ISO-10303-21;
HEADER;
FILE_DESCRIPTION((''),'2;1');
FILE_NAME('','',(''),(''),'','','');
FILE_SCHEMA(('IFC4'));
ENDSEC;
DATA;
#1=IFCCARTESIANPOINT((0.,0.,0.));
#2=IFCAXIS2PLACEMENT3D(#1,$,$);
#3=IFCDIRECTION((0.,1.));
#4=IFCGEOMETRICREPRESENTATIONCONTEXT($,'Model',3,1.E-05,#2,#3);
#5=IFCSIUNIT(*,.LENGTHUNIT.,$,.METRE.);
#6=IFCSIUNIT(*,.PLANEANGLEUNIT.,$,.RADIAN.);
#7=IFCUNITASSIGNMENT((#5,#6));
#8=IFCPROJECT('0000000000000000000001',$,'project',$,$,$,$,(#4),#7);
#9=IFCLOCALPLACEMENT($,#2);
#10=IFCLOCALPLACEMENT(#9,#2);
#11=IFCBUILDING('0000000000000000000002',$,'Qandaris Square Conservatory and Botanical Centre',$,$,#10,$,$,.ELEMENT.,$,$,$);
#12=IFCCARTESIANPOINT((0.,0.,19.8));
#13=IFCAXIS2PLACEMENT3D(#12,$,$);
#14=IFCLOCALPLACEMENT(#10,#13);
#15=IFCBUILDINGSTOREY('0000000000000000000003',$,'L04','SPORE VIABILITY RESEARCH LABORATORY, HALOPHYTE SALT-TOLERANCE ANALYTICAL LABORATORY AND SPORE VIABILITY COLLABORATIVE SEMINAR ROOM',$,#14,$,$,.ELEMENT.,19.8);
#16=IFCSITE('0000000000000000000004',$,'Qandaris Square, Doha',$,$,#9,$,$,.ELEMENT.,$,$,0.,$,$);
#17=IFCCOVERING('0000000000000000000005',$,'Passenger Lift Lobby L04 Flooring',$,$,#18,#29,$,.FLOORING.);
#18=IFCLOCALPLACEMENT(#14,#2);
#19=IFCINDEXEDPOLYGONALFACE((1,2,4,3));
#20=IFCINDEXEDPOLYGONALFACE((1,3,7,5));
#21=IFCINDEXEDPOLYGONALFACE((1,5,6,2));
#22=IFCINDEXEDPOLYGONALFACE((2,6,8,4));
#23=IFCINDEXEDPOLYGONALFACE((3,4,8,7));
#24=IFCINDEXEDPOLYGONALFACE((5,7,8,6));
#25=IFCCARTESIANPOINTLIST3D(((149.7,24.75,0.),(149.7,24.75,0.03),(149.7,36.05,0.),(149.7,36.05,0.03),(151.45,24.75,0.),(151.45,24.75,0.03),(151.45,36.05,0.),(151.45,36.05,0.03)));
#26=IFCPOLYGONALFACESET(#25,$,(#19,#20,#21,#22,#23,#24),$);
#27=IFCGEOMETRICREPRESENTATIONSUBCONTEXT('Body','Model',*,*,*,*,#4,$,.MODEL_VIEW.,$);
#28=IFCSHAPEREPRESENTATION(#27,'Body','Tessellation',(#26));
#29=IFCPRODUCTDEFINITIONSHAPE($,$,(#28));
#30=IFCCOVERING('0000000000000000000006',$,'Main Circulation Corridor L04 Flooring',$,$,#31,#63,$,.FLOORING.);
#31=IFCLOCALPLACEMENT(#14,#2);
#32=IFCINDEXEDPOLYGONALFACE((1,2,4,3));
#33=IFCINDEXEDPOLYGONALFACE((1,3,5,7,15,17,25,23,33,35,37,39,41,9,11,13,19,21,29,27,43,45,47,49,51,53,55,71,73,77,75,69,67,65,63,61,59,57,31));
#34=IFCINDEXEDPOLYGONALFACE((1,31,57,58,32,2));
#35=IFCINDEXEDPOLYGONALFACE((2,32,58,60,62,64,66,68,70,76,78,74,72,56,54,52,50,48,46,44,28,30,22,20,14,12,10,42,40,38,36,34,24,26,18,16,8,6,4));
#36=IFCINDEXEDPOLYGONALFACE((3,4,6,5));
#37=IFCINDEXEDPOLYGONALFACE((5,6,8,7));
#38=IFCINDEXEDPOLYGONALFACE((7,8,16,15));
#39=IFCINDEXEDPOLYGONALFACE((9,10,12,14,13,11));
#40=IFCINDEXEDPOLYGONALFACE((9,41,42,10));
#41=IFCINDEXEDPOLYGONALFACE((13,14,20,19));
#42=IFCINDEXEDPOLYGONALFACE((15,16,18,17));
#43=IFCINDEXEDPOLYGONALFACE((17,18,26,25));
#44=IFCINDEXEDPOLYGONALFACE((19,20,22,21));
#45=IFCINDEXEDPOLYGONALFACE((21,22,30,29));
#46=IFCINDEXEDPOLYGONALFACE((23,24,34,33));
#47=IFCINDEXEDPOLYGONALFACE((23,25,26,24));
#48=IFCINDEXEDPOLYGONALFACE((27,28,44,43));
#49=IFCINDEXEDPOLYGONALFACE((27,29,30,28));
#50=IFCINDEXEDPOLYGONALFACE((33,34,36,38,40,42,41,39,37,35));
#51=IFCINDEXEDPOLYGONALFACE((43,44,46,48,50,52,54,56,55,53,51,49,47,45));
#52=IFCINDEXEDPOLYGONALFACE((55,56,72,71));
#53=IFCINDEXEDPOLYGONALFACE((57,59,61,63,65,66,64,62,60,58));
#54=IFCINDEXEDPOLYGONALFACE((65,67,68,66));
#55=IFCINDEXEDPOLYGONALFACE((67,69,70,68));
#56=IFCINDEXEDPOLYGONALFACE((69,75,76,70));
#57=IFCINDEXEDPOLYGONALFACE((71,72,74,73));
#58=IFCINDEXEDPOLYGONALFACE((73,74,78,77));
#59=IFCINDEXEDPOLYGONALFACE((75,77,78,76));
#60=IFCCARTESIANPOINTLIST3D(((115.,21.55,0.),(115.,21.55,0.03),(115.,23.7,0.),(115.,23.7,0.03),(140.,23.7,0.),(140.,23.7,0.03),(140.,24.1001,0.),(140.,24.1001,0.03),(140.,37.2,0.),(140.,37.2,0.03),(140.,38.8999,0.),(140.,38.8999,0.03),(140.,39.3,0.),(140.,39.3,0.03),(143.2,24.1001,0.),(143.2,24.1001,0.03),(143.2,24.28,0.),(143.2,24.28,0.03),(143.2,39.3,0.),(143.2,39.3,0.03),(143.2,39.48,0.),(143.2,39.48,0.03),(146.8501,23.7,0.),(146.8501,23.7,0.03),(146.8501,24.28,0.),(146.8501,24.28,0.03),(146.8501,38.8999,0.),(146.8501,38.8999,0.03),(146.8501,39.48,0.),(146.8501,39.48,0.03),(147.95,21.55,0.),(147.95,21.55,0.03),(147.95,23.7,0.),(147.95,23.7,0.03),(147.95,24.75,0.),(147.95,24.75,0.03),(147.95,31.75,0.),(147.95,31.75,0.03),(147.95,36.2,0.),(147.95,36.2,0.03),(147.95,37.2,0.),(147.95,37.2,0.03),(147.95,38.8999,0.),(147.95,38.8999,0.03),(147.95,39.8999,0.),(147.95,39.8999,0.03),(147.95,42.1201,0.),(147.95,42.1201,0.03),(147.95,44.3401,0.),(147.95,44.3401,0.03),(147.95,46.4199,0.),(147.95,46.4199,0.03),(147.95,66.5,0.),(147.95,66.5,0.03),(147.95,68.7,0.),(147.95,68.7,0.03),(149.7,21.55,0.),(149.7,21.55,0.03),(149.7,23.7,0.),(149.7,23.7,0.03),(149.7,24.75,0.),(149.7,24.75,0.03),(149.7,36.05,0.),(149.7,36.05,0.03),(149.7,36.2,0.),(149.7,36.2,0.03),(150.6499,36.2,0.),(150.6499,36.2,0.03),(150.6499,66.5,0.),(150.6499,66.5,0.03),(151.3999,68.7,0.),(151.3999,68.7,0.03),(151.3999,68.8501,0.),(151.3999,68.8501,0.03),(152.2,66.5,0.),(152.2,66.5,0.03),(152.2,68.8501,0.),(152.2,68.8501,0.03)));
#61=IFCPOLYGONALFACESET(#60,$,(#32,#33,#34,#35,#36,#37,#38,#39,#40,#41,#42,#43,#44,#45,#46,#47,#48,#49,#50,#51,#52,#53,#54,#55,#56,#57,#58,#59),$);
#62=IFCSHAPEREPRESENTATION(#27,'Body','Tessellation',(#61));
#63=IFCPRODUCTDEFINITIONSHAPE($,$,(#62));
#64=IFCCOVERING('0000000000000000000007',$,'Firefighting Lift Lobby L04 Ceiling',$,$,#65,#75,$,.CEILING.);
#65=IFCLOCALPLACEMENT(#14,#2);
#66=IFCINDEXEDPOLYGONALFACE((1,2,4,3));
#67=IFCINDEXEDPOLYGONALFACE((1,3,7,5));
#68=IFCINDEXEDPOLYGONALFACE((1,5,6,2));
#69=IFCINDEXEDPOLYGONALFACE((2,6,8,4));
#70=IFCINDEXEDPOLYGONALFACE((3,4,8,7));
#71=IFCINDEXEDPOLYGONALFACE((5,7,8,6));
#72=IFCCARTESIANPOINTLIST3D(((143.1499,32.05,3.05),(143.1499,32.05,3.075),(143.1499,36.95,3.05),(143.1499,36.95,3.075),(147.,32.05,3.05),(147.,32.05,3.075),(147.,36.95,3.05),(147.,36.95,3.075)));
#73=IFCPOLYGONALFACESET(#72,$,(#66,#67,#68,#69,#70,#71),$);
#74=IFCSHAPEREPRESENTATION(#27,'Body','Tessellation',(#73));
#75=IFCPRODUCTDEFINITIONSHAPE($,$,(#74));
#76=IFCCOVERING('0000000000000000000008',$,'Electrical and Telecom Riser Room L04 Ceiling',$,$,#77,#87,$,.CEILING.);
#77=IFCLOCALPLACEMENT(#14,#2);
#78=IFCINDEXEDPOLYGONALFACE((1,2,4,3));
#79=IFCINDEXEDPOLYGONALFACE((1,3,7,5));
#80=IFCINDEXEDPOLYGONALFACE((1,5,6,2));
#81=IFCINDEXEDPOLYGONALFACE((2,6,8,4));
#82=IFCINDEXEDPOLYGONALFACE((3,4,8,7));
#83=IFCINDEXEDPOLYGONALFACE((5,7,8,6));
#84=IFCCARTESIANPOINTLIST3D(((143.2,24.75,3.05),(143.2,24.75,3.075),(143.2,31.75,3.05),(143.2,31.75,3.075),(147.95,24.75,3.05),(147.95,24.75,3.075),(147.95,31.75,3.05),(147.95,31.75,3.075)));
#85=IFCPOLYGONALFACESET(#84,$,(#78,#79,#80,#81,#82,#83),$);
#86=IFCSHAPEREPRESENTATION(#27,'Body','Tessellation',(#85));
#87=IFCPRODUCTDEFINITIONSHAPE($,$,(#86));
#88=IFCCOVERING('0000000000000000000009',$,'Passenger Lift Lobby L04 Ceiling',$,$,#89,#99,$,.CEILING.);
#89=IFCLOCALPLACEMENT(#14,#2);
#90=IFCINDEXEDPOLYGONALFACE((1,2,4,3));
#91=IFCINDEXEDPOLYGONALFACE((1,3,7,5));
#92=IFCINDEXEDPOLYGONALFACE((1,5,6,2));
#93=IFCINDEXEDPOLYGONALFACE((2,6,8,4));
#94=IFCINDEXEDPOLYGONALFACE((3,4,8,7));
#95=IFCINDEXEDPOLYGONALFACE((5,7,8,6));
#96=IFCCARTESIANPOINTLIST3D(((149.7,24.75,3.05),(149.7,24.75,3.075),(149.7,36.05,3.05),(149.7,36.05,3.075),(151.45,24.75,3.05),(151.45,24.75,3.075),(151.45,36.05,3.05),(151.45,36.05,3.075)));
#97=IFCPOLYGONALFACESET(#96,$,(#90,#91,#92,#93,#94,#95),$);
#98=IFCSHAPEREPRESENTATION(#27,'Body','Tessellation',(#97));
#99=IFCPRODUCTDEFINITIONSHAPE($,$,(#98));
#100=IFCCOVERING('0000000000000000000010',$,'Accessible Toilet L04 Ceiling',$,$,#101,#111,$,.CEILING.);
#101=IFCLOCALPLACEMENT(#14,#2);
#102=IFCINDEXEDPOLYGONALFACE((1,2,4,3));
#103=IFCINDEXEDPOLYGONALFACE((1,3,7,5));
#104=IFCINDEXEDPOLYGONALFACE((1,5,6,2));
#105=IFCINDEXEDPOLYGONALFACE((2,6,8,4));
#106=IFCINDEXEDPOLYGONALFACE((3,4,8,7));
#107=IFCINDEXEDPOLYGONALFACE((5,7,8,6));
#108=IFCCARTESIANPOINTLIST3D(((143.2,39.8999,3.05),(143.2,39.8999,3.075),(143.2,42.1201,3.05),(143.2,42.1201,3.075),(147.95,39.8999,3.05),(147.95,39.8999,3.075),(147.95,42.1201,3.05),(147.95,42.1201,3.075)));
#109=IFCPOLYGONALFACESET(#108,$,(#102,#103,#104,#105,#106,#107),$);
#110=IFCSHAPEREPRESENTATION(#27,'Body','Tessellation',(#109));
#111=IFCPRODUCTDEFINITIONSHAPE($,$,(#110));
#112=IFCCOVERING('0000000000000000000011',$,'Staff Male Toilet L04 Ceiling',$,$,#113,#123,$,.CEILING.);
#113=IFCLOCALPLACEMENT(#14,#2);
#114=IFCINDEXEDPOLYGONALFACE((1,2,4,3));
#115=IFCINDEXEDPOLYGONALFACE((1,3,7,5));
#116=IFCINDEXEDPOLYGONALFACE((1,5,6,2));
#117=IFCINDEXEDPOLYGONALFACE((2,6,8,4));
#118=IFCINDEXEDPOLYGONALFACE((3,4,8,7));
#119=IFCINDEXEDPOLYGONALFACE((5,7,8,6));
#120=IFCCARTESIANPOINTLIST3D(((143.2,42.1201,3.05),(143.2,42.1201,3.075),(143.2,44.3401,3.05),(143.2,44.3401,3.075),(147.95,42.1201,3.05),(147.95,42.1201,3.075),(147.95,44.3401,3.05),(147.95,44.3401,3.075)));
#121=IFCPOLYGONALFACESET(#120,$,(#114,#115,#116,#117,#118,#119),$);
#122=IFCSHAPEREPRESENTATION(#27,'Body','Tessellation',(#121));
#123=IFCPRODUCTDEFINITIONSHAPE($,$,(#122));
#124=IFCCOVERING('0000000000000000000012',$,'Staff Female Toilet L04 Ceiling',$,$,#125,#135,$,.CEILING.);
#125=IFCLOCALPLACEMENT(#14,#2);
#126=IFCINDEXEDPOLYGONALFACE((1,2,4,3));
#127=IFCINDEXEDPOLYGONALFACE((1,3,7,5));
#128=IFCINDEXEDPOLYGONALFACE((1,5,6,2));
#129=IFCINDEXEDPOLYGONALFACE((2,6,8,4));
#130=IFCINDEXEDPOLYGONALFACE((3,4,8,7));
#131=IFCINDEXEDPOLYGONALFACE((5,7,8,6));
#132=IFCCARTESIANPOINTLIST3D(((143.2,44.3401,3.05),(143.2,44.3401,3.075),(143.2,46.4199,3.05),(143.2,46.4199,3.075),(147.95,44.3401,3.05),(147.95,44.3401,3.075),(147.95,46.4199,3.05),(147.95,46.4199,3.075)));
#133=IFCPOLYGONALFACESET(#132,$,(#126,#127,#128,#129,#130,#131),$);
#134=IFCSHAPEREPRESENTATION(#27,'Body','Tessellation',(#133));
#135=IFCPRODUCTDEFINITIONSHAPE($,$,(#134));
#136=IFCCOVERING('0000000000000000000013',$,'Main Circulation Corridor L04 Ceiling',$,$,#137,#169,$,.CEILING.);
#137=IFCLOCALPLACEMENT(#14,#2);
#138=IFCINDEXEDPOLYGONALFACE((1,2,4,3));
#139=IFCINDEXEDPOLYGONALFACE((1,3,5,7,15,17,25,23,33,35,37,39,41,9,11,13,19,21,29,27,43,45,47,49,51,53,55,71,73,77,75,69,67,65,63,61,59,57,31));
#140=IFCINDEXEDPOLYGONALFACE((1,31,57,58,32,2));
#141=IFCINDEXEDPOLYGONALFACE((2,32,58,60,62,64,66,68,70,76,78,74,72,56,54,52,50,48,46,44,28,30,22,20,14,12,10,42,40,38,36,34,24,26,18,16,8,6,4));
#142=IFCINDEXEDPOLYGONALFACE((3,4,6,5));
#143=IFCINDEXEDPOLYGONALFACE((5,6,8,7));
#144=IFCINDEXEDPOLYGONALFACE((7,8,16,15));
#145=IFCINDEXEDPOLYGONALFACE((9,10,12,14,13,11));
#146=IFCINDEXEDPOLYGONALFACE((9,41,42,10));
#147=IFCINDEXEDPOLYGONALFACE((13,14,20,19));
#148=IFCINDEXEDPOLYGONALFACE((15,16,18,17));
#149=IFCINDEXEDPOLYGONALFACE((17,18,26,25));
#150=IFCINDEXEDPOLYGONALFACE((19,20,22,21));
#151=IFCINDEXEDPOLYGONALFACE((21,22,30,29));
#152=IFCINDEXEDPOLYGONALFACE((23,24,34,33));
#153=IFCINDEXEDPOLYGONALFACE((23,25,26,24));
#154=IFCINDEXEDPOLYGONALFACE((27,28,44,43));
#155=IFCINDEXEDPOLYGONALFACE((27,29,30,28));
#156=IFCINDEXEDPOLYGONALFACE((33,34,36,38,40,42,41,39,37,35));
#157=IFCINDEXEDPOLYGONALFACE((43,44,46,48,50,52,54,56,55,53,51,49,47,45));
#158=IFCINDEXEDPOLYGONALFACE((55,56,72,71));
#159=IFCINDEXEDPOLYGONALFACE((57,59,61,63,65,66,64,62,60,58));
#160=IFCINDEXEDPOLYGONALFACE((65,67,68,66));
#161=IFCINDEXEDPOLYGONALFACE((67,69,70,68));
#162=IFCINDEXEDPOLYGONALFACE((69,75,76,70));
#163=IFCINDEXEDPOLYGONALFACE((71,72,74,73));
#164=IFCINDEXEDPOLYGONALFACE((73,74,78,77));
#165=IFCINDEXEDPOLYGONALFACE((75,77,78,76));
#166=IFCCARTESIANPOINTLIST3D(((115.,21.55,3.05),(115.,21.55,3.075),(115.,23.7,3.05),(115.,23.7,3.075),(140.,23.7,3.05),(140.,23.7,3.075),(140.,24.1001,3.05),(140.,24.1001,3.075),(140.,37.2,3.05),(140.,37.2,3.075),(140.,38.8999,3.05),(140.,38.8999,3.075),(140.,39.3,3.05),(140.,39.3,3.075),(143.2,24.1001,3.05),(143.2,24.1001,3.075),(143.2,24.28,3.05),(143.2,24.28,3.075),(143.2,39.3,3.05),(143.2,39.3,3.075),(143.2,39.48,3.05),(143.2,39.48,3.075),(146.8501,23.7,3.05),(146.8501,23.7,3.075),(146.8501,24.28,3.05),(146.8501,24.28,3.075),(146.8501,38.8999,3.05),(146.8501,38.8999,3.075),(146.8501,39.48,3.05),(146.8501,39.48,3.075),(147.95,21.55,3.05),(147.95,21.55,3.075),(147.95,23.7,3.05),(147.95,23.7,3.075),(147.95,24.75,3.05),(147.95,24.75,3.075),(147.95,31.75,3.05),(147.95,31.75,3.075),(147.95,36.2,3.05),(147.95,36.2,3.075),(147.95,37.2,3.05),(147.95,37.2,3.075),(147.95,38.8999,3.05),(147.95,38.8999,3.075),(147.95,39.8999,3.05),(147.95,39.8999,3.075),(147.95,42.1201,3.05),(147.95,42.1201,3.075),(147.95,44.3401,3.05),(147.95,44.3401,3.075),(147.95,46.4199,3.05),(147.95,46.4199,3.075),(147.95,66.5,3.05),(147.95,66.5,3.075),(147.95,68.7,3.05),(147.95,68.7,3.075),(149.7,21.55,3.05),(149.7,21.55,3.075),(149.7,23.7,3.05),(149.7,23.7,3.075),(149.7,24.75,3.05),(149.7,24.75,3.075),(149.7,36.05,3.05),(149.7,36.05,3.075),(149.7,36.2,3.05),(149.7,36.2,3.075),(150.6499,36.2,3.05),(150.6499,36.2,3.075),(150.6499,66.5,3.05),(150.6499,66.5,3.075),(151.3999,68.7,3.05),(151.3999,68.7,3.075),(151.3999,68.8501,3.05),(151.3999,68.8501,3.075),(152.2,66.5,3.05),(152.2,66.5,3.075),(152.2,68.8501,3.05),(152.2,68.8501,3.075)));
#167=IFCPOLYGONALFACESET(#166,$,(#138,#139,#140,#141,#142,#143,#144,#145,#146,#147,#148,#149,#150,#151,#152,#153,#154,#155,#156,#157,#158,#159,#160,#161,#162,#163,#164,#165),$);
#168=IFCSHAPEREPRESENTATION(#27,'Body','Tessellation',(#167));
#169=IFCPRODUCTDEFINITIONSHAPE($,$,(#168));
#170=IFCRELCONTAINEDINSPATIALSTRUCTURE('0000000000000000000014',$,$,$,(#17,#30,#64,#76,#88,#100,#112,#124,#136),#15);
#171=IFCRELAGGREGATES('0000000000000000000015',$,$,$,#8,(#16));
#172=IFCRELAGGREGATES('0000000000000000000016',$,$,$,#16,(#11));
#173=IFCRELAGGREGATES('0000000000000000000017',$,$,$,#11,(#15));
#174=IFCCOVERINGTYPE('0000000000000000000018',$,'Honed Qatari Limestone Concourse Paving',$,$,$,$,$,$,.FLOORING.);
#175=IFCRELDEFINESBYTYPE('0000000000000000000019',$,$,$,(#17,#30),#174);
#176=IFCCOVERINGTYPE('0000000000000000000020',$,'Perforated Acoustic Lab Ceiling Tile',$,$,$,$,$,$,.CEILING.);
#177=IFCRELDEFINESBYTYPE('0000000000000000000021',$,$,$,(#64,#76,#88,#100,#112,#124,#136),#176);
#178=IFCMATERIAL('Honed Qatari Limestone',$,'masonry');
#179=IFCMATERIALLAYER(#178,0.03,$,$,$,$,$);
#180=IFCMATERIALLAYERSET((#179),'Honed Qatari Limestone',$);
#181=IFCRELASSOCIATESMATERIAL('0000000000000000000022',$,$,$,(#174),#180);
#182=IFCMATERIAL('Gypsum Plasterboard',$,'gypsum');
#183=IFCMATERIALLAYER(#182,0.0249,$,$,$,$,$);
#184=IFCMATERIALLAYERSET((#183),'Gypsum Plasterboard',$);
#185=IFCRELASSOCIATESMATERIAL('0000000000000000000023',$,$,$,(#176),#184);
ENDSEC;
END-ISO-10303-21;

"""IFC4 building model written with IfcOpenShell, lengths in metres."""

from ifc_helpers import new_model, si_unit, direction, frame, origin, place, context, subcontext, project, spatial, polyline, outline, extrude, material, layer, layer_set, type_object, element, save


model = new_model("IFC4")

# Units and contexts
model_context = context("Model", 3, precision=1e-05, world=origin(), true_north=direction((0.0, 1.0)))
body_context = subcontext(model_context, "Body", "Model", "MODEL_VIEW")
ifc_project = project(units=[si_unit("LENGTHUNIT", "METRE"), si_unit("PLANEANGLEUNIT", "RADIAN")], contexts=[model_context])

# Site, building, storey
site_placement = place(None, origin())
site = spatial("IfcSite", under=ifc_project, at=site_placement, Name="Qandaris Square, Doha", CompositionType="ELEMENT", RefElevation=0.0)
building_placement = place(site_placement, origin())
building = spatial("IfcBuilding", under=site, at=building_placement, Name="Qandaris Square Conservatory and Botanical Centre", CompositionType="ELEMENT")
storey_placement = place(building_placement, frame((0.0, 0.0, 19.8)))
storey = spatial("IfcBuildingStorey", under=building, at=storey_placement, Name="L04", Description="SPORE VIABILITY RESEARCH LABORATORY, HALOPHYTE SALT-TOLERANCE ANALYTICAL LABORATORY AND SPORE VIABILITY COLLABORATIVE SEMINAR ROOM", CompositionType="ELEMENT", Elevation=19.8)

# Coverings
ifc_material_1 = material(Name="Honed Qatari Limestone", Category="masonry")
ifc_layer_1 = layer(ifc_material_1, 0.03)
ifc_layer_set_1 = layer_set([ifc_layer_1], Name="Honed Qatari Limestone")
covering_type_1 = type_object("IfcCoveringType", Name="Honed Qatari Limestone Concourse Paving", PredefinedType="FLOORING", material=ifc_layer_set_1)
covering_1_placement = place(storey_placement, origin())
element("IfcCovering", 1, at=covering_1_placement, inside=storey, type_object=covering_type_1, Name="Passenger Lift Lobby L04 Flooring", PredefinedType="FLOORING", context=body_context, shape_type="SweptSolid", body=[
    extrude(outline(polyline([(149.7, 36.05), (151.45, 36.05), (151.45, 24.75), (149.7, 24.75), (149.7, 36.05)])), origin(), (0.0, 0.0, 1.0), 0.03),
])
covering_2_placement = place(storey_placement, origin())
element("IfcCovering", 2, at=covering_2_placement, inside=storey, type_object=covering_type_1, Name="Main Circulation Corridor L04 Flooring", PredefinedType="FLOORING", context=body_context, shape_type="SweptSolid", body=[
    extrude(outline(polyline([(140.0, 24.1001), (143.2, 24.1001), (143.2, 24.28), (146.8501, 24.28), (146.8501, 23.7), (147.95, 23.7), (147.95, 24.75), (147.95, 31.75), (147.95, 36.2), (147.95, 37.2), (140.0, 37.2), (140.0, 38.8999), (140.0, 39.3), (143.2, 39.3), (143.2, 39.48), (146.8501, 39.48), (146.8501, 38.8999), (147.95, 38.8999), (147.95, 39.8999), (147.95, 42.1201), (147.95, 44.3401), (147.95, 46.4199), (147.95, 66.5), (147.95, 68.7), (151.3999, 68.7), (151.3999, 68.8501), (152.2, 68.8501), (152.2, 66.5), (150.6499, 66.5), (150.6499, 36.2), (149.7, 36.2), (149.7, 36.05), (149.7, 24.75), (149.7, 23.7), (149.7, 21.55), (147.95, 21.55), (115.0, 21.55), (115.0, 23.7), (140.0, 23.7), (140.0, 24.1001)])), origin(), (0.0, 0.0, 1.0), 0.03),
])
ifc_material_2 = material(Name="Gypsum Plasterboard", Category="gypsum")
ifc_layer_2 = layer(ifc_material_2, 0.0249)
ifc_layer_set_2 = layer_set([ifc_layer_2], Name="Gypsum Plasterboard")
covering_type_2 = type_object("IfcCoveringType", Name="Perforated Acoustic Lab Ceiling Tile", PredefinedType="CEILING", material=ifc_layer_set_2)
covering_3_placement = place(storey_placement, frame((0.0, 0.0, 3.05)))
element("IfcCovering", 3, at=covering_3_placement, inside=storey, type_object=covering_type_2, Name="Firefighting Lift Lobby L04 Ceiling", PredefinedType="CEILING", context=body_context, shape_type="SweptSolid", body=[
    extrude(outline(polyline([(143.1499, 36.95), (147.0, 36.95), (147.0, 32.05), (143.1499, 32.05), (143.1499, 36.95)])), origin(), (0.0, 0.0, 1.0), 0.0249),
])
covering_4_placement = place(storey_placement, frame((0.0, 0.0, 3.05)))
element("IfcCovering", 4, at=covering_4_placement, inside=storey, type_object=covering_type_2, Name="Electrical and Telecom Riser Room L04 Ceiling", PredefinedType="CEILING", context=body_context, shape_type="SweptSolid", body=[
    extrude(outline(polyline([(147.95, 31.75), (147.95, 24.75), (143.2, 24.75), (143.2, 31.75), (147.95, 31.75)])), origin(), (0.0, 0.0, 1.0), 0.0249),
])
covering_5_placement = place(storey_placement, frame((0.0, 0.0, 3.05)))
element("IfcCovering", 5, at=covering_5_placement, inside=storey, type_object=covering_type_2, Name="Passenger Lift Lobby L04 Ceiling", PredefinedType="CEILING", context=body_context, shape_type="SweptSolid", body=[
    extrude(outline(polyline([(149.7, 36.05), (151.45, 36.05), (151.45, 24.75), (149.7, 24.75), (149.7, 36.05)])), origin(), (0.0, 0.0, 1.0), 0.0249),
])
covering_6_placement = place(storey_placement, frame((0.0, 0.0, 3.05)))
element("IfcCovering", 6, at=covering_6_placement, inside=storey, type_object=covering_type_2, Name="Accessible Toilet L04 Ceiling", PredefinedType="CEILING", context=body_context, shape_type="SweptSolid", body=[
    extrude(outline(polyline([(147.95, 42.1201), (147.95, 39.8999), (143.2, 39.8999), (143.2, 42.1201), (147.95, 42.1201)])), origin(), (0.0, 0.0, 1.0), 0.0249),
])
covering_7_placement = place(storey_placement, frame((0.0, 0.0, 3.05)))
element("IfcCovering", 7, at=covering_7_placement, inside=storey, type_object=covering_type_2, Name="Staff Male Toilet L04 Ceiling", PredefinedType="CEILING", context=body_context, shape_type="SweptSolid", body=[
    extrude(outline(polyline([(147.95, 44.3401), (147.95, 42.1201), (143.2, 42.1201), (143.2, 44.3401), (147.95, 44.3401)])), origin(), (0.0, 0.0, 1.0), 0.0249),
])
covering_8_placement = place(storey_placement, frame((0.0, 0.0, 3.05)))
element("IfcCovering", 8, at=covering_8_placement, inside=storey, type_object=covering_type_2, Name="Staff Female Toilet L04 Ceiling", PredefinedType="CEILING", context=body_context, shape_type="SweptSolid", body=[
    extrude(outline(polyline([(147.95, 46.4199), (147.95, 44.3401), (143.2, 44.3401), (143.2, 46.4199), (147.95, 46.4199)])), origin(), (0.0, 0.0, 1.0), 0.0249),
])
covering_9_placement = place(storey_placement, frame((0.0, 0.0, 3.05)))
element("IfcCovering", 9, at=covering_9_placement, inside=storey, type_object=covering_type_2, Name="Main Circulation Corridor L04 Ceiling", PredefinedType="CEILING", context=body_context, shape_type="SweptSolid", body=[
    extrude(outline(polyline([(140.0, 24.1001), (143.2, 24.1001), (143.2, 24.28), (146.8501, 24.28), (146.8501, 23.7), (147.95, 23.7), (147.95, 24.75), (147.95, 31.75), (147.95, 36.2), (147.95, 37.2), (140.0, 37.2), (140.0, 38.8999), (140.0, 39.3), (143.2, 39.3), (143.2, 39.48), (146.8501, 39.48), (146.8501, 38.8999), (147.95, 38.8999), (147.95, 39.8999), (147.95, 42.1201), (147.95, 44.3401), (147.95, 46.4199), (147.95, 66.5), (147.95, 68.7), (151.3999, 68.7), (151.3999, 68.8501), (152.2, 68.8501), (152.2, 66.5), (150.6499, 66.5), (150.6499, 36.2), (149.7, 36.2), (149.7, 36.05), (149.7, 24.75), (149.7, 23.7), (149.7, 21.55), (147.95, 21.55), (115.0, 21.55), (115.0, 23.7), (140.0, 23.7), (140.0, 24.1001)])), origin(), (0.0, 0.0, 1.0), 0.0249),
])

save(model, "model.ifc")
